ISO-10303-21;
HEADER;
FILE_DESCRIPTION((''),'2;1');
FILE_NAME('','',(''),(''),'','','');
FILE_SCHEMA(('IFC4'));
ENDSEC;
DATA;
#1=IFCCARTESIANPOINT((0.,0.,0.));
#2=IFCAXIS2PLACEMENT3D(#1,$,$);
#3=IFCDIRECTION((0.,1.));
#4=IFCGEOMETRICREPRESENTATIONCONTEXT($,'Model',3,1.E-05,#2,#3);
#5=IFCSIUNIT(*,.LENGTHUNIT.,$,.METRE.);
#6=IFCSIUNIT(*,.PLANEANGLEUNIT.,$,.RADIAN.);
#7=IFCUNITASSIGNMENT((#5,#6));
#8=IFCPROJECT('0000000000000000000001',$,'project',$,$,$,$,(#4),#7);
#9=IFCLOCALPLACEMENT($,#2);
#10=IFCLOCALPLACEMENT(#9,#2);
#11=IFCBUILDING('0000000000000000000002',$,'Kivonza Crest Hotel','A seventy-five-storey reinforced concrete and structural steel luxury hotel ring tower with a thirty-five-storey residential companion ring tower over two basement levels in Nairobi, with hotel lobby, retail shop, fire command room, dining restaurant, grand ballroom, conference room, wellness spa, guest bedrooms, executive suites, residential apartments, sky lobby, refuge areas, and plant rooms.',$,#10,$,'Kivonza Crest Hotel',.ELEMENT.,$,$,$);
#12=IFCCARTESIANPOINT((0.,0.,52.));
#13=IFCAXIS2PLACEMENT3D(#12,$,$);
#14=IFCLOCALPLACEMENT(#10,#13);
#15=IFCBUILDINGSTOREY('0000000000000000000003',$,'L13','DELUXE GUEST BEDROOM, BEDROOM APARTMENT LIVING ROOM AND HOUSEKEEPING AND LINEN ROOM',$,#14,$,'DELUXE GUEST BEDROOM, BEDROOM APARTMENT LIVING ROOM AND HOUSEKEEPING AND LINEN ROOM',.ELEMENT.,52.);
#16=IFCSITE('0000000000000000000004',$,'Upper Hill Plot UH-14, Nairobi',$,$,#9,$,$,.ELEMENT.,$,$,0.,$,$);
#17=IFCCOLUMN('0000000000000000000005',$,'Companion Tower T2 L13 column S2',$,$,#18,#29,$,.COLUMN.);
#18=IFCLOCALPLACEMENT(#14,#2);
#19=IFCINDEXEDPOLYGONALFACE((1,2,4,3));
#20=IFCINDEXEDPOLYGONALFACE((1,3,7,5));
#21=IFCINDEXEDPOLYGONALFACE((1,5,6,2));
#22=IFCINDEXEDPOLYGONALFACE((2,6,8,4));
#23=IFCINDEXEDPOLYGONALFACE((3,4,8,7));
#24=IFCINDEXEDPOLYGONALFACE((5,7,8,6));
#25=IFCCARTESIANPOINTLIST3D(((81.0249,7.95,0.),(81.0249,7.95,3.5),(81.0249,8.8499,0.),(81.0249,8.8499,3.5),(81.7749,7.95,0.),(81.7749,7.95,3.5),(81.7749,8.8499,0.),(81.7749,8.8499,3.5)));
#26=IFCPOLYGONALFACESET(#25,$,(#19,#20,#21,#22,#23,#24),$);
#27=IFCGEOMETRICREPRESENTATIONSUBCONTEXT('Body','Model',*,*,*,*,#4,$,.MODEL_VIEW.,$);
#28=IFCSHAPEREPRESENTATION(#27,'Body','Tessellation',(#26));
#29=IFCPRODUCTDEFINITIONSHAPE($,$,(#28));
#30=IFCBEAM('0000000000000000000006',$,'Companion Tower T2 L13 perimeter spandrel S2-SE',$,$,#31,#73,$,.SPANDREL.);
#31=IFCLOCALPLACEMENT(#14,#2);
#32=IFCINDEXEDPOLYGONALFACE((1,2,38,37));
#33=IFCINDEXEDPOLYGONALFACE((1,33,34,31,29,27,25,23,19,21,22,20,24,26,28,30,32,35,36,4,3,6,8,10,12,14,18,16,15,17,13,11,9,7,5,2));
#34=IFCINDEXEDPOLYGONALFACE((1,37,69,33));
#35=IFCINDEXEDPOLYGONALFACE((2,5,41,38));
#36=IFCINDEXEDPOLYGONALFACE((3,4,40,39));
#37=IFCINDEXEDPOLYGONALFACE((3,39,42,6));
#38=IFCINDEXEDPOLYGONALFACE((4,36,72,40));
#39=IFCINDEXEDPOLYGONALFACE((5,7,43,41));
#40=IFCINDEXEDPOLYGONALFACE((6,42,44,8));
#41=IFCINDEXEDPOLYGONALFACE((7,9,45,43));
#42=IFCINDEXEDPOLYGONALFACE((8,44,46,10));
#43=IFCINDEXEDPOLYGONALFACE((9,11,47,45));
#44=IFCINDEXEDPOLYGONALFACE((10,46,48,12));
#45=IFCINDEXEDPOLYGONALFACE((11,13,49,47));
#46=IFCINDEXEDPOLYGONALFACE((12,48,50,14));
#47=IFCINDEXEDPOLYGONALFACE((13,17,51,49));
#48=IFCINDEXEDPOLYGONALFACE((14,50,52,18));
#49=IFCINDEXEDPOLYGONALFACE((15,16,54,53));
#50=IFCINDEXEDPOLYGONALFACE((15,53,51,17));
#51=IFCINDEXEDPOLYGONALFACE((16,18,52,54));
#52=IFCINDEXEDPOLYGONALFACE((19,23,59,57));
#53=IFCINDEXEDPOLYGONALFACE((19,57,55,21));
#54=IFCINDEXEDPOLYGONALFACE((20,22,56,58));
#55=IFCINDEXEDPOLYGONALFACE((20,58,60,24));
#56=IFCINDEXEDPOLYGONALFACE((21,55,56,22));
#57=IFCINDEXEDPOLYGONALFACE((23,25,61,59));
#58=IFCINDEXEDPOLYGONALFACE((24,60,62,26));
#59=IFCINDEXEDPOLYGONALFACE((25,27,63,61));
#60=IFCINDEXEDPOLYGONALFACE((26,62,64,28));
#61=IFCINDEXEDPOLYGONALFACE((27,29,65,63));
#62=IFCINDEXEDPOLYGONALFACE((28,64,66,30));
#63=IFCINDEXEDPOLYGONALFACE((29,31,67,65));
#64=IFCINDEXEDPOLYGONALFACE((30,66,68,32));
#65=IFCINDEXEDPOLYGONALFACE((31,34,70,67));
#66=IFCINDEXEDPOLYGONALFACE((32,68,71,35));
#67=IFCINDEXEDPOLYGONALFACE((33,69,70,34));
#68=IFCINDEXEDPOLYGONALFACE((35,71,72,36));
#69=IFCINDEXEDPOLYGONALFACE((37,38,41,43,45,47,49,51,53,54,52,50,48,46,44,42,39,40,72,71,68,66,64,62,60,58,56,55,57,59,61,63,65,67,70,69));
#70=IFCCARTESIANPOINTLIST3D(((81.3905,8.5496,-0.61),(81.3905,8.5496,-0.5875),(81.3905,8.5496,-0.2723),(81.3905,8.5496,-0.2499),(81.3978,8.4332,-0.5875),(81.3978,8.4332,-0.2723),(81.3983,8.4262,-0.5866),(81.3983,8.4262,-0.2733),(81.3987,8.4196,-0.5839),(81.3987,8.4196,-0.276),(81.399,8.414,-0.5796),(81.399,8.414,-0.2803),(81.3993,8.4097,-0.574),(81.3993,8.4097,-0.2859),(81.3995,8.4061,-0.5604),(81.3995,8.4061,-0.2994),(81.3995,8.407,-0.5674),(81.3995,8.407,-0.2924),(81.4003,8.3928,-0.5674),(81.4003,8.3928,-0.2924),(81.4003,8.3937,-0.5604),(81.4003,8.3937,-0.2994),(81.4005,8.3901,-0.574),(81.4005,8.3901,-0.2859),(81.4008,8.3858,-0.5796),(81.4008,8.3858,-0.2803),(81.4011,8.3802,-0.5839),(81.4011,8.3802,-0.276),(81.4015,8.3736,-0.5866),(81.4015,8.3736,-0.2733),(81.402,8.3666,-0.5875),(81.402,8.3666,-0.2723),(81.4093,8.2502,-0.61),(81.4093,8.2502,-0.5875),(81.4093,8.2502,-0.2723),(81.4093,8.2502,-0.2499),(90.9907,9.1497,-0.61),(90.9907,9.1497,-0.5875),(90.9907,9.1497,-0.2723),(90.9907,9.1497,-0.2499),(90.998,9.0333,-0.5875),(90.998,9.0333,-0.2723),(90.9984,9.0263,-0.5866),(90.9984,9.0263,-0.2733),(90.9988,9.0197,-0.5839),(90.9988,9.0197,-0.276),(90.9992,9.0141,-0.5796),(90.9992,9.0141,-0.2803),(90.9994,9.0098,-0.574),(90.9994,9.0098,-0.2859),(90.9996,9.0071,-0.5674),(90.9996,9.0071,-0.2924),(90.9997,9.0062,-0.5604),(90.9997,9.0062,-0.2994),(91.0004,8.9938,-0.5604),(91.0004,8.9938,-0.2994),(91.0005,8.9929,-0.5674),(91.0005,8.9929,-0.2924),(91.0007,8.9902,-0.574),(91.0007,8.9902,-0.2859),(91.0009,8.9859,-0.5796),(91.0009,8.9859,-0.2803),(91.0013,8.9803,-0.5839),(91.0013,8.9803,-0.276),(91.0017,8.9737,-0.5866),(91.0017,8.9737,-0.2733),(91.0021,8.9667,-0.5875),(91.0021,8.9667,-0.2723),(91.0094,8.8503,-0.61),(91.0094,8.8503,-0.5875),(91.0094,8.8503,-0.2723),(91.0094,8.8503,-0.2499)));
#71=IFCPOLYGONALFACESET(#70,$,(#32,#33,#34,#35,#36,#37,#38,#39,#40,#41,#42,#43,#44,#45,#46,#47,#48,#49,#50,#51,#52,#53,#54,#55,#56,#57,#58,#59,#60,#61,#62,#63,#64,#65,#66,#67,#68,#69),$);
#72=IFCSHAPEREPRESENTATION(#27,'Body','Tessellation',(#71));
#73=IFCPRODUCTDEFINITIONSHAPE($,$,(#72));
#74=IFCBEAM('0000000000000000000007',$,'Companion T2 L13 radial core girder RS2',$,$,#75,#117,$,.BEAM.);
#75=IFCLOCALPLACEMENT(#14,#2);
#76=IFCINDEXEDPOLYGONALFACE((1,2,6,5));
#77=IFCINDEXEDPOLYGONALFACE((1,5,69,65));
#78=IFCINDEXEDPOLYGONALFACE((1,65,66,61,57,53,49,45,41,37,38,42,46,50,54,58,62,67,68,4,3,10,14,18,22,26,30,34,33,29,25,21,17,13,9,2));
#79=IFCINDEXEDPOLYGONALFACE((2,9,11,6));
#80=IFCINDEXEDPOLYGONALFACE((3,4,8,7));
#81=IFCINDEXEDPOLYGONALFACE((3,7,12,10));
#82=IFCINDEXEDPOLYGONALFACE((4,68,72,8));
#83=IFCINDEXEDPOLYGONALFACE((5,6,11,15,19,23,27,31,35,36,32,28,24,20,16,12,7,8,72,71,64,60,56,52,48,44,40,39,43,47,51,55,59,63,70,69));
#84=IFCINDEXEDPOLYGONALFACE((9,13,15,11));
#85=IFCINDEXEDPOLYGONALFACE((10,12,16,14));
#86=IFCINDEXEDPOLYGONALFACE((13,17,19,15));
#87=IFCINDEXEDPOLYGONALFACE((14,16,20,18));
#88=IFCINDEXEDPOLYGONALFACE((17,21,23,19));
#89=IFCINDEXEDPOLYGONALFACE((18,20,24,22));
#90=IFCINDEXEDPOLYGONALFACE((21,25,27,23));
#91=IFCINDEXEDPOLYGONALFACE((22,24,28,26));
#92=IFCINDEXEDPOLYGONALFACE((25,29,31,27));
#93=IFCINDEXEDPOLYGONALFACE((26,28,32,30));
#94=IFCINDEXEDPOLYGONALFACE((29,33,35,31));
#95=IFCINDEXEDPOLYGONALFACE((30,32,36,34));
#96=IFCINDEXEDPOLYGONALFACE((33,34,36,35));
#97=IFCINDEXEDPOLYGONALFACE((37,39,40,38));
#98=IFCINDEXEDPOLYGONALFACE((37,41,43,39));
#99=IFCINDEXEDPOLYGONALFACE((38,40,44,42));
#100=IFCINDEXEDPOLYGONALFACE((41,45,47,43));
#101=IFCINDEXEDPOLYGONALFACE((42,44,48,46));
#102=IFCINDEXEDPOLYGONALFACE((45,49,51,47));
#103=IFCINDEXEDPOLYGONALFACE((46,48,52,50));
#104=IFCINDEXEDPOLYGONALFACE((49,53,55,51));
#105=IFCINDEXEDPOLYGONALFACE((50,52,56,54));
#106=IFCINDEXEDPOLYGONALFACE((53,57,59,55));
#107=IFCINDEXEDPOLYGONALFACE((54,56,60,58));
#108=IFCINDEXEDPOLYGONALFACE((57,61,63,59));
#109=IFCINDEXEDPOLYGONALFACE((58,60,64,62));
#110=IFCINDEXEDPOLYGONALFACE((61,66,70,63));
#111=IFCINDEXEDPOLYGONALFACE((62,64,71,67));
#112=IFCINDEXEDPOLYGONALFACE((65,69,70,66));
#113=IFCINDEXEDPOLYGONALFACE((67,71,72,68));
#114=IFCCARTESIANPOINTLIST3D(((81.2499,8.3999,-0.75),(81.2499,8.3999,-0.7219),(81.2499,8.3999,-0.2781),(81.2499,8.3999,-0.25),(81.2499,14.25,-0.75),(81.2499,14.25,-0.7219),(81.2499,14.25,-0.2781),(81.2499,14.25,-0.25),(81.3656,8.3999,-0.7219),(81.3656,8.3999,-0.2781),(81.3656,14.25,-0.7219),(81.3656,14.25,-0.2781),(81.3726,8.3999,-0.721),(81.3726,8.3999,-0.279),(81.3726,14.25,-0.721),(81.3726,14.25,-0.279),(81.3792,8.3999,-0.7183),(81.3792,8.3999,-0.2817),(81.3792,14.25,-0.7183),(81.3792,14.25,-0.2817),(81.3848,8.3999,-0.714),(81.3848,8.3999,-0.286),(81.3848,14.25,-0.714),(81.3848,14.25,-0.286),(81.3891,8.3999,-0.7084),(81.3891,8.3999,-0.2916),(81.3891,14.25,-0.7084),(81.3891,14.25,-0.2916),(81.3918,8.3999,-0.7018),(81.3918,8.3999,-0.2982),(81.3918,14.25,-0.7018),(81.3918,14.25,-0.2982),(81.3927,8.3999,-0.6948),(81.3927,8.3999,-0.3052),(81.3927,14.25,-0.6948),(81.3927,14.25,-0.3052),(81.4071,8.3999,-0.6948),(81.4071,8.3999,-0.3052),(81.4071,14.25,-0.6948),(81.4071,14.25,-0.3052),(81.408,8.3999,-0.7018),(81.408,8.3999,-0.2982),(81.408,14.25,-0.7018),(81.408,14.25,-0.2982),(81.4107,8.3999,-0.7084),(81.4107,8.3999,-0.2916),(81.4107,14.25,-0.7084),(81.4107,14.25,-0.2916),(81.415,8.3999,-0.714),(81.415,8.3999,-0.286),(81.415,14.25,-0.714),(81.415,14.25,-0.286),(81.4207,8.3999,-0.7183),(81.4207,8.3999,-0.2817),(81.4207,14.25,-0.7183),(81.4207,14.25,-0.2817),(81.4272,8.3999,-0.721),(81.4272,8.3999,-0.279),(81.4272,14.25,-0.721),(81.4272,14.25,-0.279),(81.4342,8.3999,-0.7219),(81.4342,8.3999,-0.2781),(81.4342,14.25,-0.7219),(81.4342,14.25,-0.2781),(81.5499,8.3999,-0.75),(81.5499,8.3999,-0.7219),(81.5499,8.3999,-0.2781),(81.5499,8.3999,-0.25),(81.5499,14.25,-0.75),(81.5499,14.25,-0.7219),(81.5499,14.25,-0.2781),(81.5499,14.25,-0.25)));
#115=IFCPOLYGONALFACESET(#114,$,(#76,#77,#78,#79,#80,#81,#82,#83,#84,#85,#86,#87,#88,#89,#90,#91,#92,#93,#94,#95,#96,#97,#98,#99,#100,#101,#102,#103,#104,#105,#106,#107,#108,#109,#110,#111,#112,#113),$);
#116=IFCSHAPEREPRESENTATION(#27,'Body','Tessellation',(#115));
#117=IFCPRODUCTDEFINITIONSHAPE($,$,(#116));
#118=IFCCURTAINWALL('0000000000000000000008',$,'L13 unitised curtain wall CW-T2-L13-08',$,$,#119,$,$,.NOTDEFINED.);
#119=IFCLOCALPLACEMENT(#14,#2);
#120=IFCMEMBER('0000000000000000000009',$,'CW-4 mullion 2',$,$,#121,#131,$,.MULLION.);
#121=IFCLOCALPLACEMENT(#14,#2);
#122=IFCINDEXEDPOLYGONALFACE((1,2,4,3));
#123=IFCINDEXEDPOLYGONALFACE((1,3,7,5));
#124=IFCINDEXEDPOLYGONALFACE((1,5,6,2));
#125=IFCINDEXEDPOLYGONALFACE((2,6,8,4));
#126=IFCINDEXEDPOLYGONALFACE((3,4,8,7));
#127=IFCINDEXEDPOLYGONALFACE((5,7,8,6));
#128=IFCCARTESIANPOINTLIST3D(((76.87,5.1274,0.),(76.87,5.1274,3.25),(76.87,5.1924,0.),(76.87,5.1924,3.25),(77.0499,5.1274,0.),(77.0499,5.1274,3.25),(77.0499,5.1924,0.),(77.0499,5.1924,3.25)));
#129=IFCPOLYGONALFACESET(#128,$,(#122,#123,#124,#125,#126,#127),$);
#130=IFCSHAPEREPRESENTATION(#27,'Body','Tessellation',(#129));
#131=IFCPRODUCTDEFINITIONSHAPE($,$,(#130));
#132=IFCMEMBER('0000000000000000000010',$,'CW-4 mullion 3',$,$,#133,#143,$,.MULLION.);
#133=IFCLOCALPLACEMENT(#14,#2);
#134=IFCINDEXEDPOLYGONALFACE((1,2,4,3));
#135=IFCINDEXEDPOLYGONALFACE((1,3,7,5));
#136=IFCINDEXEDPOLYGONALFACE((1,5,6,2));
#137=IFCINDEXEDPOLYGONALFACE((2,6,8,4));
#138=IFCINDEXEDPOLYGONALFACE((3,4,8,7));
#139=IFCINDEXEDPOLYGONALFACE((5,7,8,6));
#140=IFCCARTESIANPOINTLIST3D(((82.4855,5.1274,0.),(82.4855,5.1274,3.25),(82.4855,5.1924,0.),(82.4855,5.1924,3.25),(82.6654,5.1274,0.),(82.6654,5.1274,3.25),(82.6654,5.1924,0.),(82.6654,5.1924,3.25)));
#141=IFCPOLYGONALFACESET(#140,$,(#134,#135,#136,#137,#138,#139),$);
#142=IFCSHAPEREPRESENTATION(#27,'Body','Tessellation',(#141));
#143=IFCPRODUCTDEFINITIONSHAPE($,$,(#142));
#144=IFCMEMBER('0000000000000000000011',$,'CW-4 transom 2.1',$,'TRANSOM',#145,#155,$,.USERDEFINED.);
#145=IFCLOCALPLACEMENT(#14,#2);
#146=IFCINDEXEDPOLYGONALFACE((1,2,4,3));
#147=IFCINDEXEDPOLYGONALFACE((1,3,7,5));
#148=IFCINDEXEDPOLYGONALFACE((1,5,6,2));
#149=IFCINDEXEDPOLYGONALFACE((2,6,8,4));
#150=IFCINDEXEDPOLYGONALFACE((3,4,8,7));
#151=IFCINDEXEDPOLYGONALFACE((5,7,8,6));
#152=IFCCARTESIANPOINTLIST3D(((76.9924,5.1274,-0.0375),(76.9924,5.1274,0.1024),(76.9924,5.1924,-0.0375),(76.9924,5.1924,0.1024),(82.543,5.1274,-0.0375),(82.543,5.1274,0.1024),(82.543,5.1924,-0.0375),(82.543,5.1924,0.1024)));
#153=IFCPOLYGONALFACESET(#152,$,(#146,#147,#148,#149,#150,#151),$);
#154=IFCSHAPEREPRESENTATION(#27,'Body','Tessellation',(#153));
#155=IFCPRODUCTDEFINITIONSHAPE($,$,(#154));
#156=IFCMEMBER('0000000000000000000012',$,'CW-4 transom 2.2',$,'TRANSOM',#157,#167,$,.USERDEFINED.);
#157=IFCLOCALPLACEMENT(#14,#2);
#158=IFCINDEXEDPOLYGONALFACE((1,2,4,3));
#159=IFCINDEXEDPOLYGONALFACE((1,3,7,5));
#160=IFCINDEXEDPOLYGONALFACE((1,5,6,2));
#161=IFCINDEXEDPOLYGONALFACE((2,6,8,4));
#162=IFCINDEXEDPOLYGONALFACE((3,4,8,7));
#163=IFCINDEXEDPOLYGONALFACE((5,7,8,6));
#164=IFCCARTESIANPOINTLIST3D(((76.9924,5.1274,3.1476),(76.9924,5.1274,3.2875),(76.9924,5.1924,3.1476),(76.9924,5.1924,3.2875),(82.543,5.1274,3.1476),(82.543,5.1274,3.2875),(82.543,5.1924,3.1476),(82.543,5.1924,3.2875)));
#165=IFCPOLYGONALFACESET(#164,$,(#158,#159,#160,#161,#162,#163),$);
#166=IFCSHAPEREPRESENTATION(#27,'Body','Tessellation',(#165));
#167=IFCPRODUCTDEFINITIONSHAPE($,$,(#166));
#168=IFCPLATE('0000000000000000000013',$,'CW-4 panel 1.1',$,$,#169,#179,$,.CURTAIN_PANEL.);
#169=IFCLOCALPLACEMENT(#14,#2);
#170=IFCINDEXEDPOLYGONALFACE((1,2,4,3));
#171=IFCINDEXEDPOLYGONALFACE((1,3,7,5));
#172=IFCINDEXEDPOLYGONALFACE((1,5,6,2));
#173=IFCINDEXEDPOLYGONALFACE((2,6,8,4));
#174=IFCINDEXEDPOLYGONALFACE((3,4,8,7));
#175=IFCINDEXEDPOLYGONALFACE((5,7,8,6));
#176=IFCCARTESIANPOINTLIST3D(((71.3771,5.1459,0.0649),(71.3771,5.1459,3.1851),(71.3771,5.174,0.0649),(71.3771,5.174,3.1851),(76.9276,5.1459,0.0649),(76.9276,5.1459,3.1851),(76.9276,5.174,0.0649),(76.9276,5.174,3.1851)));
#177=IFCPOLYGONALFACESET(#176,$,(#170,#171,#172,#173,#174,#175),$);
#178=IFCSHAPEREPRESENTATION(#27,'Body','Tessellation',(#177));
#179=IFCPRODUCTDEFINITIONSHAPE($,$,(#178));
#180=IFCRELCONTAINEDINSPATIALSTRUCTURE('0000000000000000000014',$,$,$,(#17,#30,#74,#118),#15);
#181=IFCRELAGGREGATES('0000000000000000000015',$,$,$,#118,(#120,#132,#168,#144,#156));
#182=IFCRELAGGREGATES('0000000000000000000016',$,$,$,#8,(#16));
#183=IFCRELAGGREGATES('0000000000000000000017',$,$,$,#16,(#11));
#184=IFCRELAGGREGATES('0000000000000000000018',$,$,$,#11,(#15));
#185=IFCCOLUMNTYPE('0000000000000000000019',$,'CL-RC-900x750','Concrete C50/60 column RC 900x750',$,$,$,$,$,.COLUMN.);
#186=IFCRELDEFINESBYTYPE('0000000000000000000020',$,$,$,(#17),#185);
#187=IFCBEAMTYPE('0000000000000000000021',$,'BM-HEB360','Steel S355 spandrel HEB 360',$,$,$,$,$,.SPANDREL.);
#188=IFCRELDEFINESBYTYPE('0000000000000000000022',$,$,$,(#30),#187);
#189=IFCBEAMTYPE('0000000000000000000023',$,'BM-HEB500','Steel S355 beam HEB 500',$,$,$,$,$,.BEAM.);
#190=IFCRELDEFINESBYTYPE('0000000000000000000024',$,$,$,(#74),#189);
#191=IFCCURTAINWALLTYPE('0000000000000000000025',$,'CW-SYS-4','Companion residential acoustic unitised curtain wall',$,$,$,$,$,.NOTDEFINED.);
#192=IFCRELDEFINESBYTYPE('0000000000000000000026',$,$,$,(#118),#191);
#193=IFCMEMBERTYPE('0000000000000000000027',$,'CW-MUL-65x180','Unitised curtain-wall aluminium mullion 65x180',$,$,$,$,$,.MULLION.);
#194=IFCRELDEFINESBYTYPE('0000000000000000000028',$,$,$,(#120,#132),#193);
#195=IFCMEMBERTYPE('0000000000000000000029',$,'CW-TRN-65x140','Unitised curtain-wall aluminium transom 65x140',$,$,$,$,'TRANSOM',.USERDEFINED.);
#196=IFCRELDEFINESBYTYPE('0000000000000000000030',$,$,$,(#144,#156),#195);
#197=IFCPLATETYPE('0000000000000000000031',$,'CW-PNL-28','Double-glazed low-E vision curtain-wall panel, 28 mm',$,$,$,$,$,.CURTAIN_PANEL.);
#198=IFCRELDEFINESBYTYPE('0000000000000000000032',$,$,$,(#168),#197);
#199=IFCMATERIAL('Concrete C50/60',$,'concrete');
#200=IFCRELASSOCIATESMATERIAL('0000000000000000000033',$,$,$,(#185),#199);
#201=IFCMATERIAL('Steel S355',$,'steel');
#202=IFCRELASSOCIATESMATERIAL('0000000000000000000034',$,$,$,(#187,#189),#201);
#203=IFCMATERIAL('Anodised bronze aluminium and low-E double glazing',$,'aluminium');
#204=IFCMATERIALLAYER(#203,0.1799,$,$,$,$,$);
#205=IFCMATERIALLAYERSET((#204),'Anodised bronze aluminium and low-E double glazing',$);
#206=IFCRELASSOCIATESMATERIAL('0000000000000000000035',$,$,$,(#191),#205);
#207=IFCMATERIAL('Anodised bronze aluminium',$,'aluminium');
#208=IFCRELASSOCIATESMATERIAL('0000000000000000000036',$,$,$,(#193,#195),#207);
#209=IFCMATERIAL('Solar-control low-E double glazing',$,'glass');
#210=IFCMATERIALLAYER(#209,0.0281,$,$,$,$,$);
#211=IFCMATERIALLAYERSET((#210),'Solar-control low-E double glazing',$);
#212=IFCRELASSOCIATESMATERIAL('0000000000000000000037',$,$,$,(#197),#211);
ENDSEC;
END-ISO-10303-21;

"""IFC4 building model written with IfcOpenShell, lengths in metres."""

from ifc_helpers import new_model, si_unit, direction, frame, origin, origin_2d, place, context, subcontext, project, spatial, rectangle, i_section, extrude, material, layer, layer_set, material_profile, profile_set, type_object, element, aggregate, save


model = new_model("IFC4")

# Units and contexts
model_context = context("Model", 3, precision=1e-05, world=origin(), true_north=direction((0.0, 1.0)))
body_context = subcontext(model_context, "Body", "Model", "MODEL_VIEW")
ifc_project = project(units=[si_unit("LENGTHUNIT", "METRE"), si_unit("PLANEANGLEUNIT", "RADIAN")], contexts=[model_context])

# Site, building, storey
site_placement = place(None, origin())
site = spatial("IfcSite", under=ifc_project, at=site_placement, Name="Upper Hill Plot UH-14, Nairobi", CompositionType="ELEMENT", RefElevation=0.0)
building_placement = place(site_placement, origin())
building = spatial("IfcBuilding", under=site, at=building_placement, Name="Kivonza Crest Hotel", Description="A seventy-five-storey reinforced concrete and structural steel luxury hotel ring tower with a thirty-five-storey residential companion ring tower over two basement levels in Nairobi, with hotel lobby, retail shop, fire command room, dining restaurant, grand ballroom, conference room, wellness spa, guest bedrooms, executive suites, residential apartments, sky lobby, refuge areas, and plant rooms.", LongName="Kivonza Crest Hotel", CompositionType="ELEMENT")
storey_placement = place(building_placement, frame((0.0, 0.0, 52.0)))
storey = spatial("IfcBuildingStorey", under=building, at=storey_placement, Name="L13", Description="DELUXE GUEST BEDROOM, BEDROOM APARTMENT LIVING ROOM AND HOUSEKEEPING AND LINEN ROOM", LongName="DELUXE GUEST BEDROOM, BEDROOM APARTMENT LIVING ROOM AND HOUSEKEEPING AND LINEN ROOM", CompositionType="ELEMENT", Elevation=52.0)

# Column
ifc_material_1 = material(Name="Concrete C50/60", Category="concrete")
ifc_material_profile_1 = material_profile(ifc_material_1, rectangle(XDim=0.75, YDim=0.8999, at=origin_2d()), Name="RC 900x750")
ifc_profile_set_1 = profile_set([ifc_material_profile_1], Name="Concrete C50/60")
column_type = type_object("IfcColumnType", Name="CL-RC-900x750", Description="Concrete C50/60 column RC 900x750", PredefinedType="COLUMN", material=ifc_profile_set_1)
column_placement = place(storey_placement, frame((81.3999, 8.3999, 0.0), z_axis=(0.0, 0.0, 1.0), x_axis=(1.0, 0.0, 0.0)))
element("IfcColumn", 1, at=column_placement, inside=storey, type_object=column_type, Name="Companion Tower T2 L13 column S2", PredefinedType="COLUMN", context=body_context, shape_type="SweptSolid", body=[
    extrude(rectangle(XDim=0.75, YDim=0.8999, at=origin_2d()), origin(), (0.0, 0.0, 1.0), 3.5),
])

# Beams
ifc_material_2 = material(Name="Steel S355", Category="steel")
ifc_material_profile_2 = material_profile(ifc_material_2, i_section(OverallWidth=0.3, OverallDepth=0.3601, WebThickness=0.0125, FlangeThickness=0.0225, FilletRadius=0.0271, at=origin_2d()), Name="HEB 360")
ifc_profile_set_2 = profile_set([ifc_material_profile_2], Name="Steel S355")
beam_type_1 = type_object("IfcBeamType", Name="BM-HEB360", Description="Steel S355 spandrel HEB 360", PredefinedType="SPANDREL", material=ifc_profile_set_2)
beam_1_placement = place(storey_placement, frame((81.3999, 8.3999, -0.4299), z_axis=(0.998052, 0.062388, 0.0), x_axis=(-0.062388, 0.998052, 0.0)))
element("IfcBeam", 2, at=beam_1_placement, inside=storey, type_object=beam_type_1, Name="Companion Tower T2 L13 perimeter spandrel S2-SE", PredefinedType="SPANDREL", context=body_context, shape_type="SweptSolid", body=[
    extrude(i_section(OverallWidth=0.3, OverallDepth=0.3601, WebThickness=0.0125, FlangeThickness=0.0225, FilletRadius=0.0271, at=origin_2d()), origin(), (0.0, 0.0, 1.0), 9.6189),
])
ifc_material_profile_3 = material_profile(ifc_material_2, i_section(OverallWidth=0.3, OverallDepth=0.5, WebThickness=0.0144, FlangeThickness=0.0281, FilletRadius=0.0271, at=origin_2d()), Name="HEB 500")
ifc_profile_set_3 = profile_set([ifc_material_profile_3], Name="Steel S355")
beam_type_2 = type_object("IfcBeamType", Name="BM-HEB500", Description="Steel S355 beam HEB 500", PredefinedType="BEAM", material=ifc_profile_set_3)
beam_2_placement = place(storey_placement, frame((81.3999, 8.3999, -0.5), z_axis=(0.0, 1.0, 0.0), x_axis=(-1.0, 0.0, 0.0)))
element("IfcBeam", 3, at=beam_2_placement, inside=storey, type_object=beam_type_2, Name="Companion T2 L13 radial core girder RS2", PredefinedType="BEAM", context=body_context, shape_type="SweptSolid", body=[
    extrude(i_section(OverallWidth=0.3, OverallDepth=0.5, WebThickness=0.0144, FlangeThickness=0.0281, FilletRadius=0.0271, at=origin_2d()), origin(), (0.0, 0.0, 1.0), 5.8501),
])

# Curtain wall, members, plate
ifc_material_3 = material(Name="Anodised bronze aluminium and low-E double glazing", Category="aluminium")
ifc_layer_1 = layer(ifc_material_3, 0.1799)
ifc_layer_set_1 = layer_set([ifc_layer_1], Name="Anodised bronze aluminium and low-E double glazing")
curtain_wall_type = type_object("IfcCurtainWallType", Name="CW-SYS-4", Description="Companion residential acoustic unitised curtain wall", PredefinedType="NOTDEFINED", material=ifc_layer_set_1)
curtain_wall_placement = place(storey_placement, origin())
curtain_wall = element("IfcCurtainWall", 4, at=curtain_wall_placement, inside=storey, type_object=curtain_wall_type, Name="L13 unitised curtain wall CW-T2-L13-08", PredefinedType="NOTDEFINED")
ifc_material_4 = material(Name="Anodised bronze aluminium", Category="aluminium")
ifc_material_profile_4 = material_profile(ifc_material_4, rectangle(XDim=0.0649, YDim=0.1799, at=origin_2d()), Name="CW-M 65x180")
ifc_profile_set_4 = profile_set([ifc_material_profile_4], Name="Anodised bronze aluminium")
member_type_1 = type_object("IfcMemberType", Name="CW-MUL-65x180", Description="Unitised curtain-wall aluminium mullion 65x180", PredefinedType="MULLION", material=ifc_profile_set_4)
member_1_placement = place(storey_placement, frame((76.96, 5.1599, 0.0), z_axis=(0.0, 0.0, 1.0), x_axis=(0.0, 1.0, 0.0)))
member_1 = element("IfcMember", 5, at=member_1_placement, type_object=member_type_1, Name="CW-4 mullion 2", PredefinedType="MULLION", context=body_context, shape_type="SweptSolid", body=[
    extrude(rectangle(XDim=0.0649, YDim=0.1799, at=origin_2d()), origin(), (0.0, 0.0, 1.0), 3.25),
])
member_2_placement = place(storey_placement, frame((82.5754, 5.1599, 0.0), z_axis=(0.0, 0.0, 1.0), x_axis=(0.0, 1.0, 0.0)))
member_2 = element("IfcMember", 6, at=member_2_placement, type_object=member_type_1, Name="CW-4 mullion 3", PredefinedType="MULLION", context=body_context, shape_type="SweptSolid", body=[
    extrude(rectangle(XDim=0.0649, YDim=0.1799, at=origin_2d()), origin(), (0.0, 0.0, 1.0), 3.25),
])
ifc_material_profile_5 = material_profile(ifc_material_4, rectangle(XDim=0.0649, YDim=0.1399, at=origin_2d()), Name="CW-T 65x140")
ifc_profile_set_5 = profile_set([ifc_material_profile_5], Name="Anodised bronze aluminium")
member_type_2 = type_object("IfcMemberType", Name="CW-TRN-65x140", Description="Unitised curtain-wall aluminium transom 65x140", ElementType="TRANSOM", PredefinedType="USERDEFINED", material=ifc_profile_set_5)
member_3_placement = place(storey_placement, frame((76.9924, 5.1599, 0.0325), z_axis=(1.0, 0.0, 0.0), x_axis=(0.0, 1.0, 0.0)))
member_3 = element("IfcMember", 7, at=member_3_placement, type_object=member_type_2, Name="CW-4 transom 2.1", ObjectType="TRANSOM", PredefinedType="USERDEFINED", context=body_context, shape_type="SweptSolid", body=[
    extrude(rectangle(XDim=0.0649, YDim=0.1399, at=origin_2d()), origin(), (0.0, 0.0, 1.0), 5.5505),
])
member_4_placement = place(storey_placement, frame((76.9924, 5.1599, 3.2175), z_axis=(1.0, 0.0, 0.0), x_axis=(0.0, 1.0, 0.0)))
member_4 = element("IfcMember", 8, at=member_4_placement, type_object=member_type_2, Name="CW-4 transom 2.2", ObjectType="TRANSOM", PredefinedType="USERDEFINED", context=body_context, shape_type="SweptSolid", body=[
    extrude(rectangle(XDim=0.0649, YDim=0.1399, at=origin_2d()), origin(), (0.0, 0.0, 1.0), 5.5505),
])
ifc_material_5 = material(Name="Solar-control low-E double glazing", Category="glass")
ifc_layer_2 = layer(ifc_material_5, 0.0281)
ifc_layer_set_2 = layer_set([ifc_layer_2], Name="Solar-control low-E double glazing")
plate_type = type_object("IfcPlateType", Name="CW-PNL-28", Description="Double-glazed low-E vision curtain-wall panel, 28 mm", PredefinedType="CURTAIN_PANEL", material=ifc_layer_set_2)
plate_1_placement = place(storey_placement, frame((74.1523, 5.1599, 0.0649), z_axis=(0.0, 0.0, 1.0), x_axis=(1.0, 0.0, 0.0)))
plate_1 = element("IfcPlate", 9, at=plate_1_placement, type_object=plate_type, Name="CW-4 panel 1.1", PredefinedType="CURTAIN_PANEL", context=body_context, shape_type="SweptSolid", body=[
    extrude(rectangle(XDim=5.5505, YDim=0.0281, at=origin_2d()), origin(), (0.0, 0.0, 1.0), 3.1201),
])
aggregate(curtain_wall, [member_1, member_2, plate_1, member_3, member_4])

save(model, "model.ifc")
